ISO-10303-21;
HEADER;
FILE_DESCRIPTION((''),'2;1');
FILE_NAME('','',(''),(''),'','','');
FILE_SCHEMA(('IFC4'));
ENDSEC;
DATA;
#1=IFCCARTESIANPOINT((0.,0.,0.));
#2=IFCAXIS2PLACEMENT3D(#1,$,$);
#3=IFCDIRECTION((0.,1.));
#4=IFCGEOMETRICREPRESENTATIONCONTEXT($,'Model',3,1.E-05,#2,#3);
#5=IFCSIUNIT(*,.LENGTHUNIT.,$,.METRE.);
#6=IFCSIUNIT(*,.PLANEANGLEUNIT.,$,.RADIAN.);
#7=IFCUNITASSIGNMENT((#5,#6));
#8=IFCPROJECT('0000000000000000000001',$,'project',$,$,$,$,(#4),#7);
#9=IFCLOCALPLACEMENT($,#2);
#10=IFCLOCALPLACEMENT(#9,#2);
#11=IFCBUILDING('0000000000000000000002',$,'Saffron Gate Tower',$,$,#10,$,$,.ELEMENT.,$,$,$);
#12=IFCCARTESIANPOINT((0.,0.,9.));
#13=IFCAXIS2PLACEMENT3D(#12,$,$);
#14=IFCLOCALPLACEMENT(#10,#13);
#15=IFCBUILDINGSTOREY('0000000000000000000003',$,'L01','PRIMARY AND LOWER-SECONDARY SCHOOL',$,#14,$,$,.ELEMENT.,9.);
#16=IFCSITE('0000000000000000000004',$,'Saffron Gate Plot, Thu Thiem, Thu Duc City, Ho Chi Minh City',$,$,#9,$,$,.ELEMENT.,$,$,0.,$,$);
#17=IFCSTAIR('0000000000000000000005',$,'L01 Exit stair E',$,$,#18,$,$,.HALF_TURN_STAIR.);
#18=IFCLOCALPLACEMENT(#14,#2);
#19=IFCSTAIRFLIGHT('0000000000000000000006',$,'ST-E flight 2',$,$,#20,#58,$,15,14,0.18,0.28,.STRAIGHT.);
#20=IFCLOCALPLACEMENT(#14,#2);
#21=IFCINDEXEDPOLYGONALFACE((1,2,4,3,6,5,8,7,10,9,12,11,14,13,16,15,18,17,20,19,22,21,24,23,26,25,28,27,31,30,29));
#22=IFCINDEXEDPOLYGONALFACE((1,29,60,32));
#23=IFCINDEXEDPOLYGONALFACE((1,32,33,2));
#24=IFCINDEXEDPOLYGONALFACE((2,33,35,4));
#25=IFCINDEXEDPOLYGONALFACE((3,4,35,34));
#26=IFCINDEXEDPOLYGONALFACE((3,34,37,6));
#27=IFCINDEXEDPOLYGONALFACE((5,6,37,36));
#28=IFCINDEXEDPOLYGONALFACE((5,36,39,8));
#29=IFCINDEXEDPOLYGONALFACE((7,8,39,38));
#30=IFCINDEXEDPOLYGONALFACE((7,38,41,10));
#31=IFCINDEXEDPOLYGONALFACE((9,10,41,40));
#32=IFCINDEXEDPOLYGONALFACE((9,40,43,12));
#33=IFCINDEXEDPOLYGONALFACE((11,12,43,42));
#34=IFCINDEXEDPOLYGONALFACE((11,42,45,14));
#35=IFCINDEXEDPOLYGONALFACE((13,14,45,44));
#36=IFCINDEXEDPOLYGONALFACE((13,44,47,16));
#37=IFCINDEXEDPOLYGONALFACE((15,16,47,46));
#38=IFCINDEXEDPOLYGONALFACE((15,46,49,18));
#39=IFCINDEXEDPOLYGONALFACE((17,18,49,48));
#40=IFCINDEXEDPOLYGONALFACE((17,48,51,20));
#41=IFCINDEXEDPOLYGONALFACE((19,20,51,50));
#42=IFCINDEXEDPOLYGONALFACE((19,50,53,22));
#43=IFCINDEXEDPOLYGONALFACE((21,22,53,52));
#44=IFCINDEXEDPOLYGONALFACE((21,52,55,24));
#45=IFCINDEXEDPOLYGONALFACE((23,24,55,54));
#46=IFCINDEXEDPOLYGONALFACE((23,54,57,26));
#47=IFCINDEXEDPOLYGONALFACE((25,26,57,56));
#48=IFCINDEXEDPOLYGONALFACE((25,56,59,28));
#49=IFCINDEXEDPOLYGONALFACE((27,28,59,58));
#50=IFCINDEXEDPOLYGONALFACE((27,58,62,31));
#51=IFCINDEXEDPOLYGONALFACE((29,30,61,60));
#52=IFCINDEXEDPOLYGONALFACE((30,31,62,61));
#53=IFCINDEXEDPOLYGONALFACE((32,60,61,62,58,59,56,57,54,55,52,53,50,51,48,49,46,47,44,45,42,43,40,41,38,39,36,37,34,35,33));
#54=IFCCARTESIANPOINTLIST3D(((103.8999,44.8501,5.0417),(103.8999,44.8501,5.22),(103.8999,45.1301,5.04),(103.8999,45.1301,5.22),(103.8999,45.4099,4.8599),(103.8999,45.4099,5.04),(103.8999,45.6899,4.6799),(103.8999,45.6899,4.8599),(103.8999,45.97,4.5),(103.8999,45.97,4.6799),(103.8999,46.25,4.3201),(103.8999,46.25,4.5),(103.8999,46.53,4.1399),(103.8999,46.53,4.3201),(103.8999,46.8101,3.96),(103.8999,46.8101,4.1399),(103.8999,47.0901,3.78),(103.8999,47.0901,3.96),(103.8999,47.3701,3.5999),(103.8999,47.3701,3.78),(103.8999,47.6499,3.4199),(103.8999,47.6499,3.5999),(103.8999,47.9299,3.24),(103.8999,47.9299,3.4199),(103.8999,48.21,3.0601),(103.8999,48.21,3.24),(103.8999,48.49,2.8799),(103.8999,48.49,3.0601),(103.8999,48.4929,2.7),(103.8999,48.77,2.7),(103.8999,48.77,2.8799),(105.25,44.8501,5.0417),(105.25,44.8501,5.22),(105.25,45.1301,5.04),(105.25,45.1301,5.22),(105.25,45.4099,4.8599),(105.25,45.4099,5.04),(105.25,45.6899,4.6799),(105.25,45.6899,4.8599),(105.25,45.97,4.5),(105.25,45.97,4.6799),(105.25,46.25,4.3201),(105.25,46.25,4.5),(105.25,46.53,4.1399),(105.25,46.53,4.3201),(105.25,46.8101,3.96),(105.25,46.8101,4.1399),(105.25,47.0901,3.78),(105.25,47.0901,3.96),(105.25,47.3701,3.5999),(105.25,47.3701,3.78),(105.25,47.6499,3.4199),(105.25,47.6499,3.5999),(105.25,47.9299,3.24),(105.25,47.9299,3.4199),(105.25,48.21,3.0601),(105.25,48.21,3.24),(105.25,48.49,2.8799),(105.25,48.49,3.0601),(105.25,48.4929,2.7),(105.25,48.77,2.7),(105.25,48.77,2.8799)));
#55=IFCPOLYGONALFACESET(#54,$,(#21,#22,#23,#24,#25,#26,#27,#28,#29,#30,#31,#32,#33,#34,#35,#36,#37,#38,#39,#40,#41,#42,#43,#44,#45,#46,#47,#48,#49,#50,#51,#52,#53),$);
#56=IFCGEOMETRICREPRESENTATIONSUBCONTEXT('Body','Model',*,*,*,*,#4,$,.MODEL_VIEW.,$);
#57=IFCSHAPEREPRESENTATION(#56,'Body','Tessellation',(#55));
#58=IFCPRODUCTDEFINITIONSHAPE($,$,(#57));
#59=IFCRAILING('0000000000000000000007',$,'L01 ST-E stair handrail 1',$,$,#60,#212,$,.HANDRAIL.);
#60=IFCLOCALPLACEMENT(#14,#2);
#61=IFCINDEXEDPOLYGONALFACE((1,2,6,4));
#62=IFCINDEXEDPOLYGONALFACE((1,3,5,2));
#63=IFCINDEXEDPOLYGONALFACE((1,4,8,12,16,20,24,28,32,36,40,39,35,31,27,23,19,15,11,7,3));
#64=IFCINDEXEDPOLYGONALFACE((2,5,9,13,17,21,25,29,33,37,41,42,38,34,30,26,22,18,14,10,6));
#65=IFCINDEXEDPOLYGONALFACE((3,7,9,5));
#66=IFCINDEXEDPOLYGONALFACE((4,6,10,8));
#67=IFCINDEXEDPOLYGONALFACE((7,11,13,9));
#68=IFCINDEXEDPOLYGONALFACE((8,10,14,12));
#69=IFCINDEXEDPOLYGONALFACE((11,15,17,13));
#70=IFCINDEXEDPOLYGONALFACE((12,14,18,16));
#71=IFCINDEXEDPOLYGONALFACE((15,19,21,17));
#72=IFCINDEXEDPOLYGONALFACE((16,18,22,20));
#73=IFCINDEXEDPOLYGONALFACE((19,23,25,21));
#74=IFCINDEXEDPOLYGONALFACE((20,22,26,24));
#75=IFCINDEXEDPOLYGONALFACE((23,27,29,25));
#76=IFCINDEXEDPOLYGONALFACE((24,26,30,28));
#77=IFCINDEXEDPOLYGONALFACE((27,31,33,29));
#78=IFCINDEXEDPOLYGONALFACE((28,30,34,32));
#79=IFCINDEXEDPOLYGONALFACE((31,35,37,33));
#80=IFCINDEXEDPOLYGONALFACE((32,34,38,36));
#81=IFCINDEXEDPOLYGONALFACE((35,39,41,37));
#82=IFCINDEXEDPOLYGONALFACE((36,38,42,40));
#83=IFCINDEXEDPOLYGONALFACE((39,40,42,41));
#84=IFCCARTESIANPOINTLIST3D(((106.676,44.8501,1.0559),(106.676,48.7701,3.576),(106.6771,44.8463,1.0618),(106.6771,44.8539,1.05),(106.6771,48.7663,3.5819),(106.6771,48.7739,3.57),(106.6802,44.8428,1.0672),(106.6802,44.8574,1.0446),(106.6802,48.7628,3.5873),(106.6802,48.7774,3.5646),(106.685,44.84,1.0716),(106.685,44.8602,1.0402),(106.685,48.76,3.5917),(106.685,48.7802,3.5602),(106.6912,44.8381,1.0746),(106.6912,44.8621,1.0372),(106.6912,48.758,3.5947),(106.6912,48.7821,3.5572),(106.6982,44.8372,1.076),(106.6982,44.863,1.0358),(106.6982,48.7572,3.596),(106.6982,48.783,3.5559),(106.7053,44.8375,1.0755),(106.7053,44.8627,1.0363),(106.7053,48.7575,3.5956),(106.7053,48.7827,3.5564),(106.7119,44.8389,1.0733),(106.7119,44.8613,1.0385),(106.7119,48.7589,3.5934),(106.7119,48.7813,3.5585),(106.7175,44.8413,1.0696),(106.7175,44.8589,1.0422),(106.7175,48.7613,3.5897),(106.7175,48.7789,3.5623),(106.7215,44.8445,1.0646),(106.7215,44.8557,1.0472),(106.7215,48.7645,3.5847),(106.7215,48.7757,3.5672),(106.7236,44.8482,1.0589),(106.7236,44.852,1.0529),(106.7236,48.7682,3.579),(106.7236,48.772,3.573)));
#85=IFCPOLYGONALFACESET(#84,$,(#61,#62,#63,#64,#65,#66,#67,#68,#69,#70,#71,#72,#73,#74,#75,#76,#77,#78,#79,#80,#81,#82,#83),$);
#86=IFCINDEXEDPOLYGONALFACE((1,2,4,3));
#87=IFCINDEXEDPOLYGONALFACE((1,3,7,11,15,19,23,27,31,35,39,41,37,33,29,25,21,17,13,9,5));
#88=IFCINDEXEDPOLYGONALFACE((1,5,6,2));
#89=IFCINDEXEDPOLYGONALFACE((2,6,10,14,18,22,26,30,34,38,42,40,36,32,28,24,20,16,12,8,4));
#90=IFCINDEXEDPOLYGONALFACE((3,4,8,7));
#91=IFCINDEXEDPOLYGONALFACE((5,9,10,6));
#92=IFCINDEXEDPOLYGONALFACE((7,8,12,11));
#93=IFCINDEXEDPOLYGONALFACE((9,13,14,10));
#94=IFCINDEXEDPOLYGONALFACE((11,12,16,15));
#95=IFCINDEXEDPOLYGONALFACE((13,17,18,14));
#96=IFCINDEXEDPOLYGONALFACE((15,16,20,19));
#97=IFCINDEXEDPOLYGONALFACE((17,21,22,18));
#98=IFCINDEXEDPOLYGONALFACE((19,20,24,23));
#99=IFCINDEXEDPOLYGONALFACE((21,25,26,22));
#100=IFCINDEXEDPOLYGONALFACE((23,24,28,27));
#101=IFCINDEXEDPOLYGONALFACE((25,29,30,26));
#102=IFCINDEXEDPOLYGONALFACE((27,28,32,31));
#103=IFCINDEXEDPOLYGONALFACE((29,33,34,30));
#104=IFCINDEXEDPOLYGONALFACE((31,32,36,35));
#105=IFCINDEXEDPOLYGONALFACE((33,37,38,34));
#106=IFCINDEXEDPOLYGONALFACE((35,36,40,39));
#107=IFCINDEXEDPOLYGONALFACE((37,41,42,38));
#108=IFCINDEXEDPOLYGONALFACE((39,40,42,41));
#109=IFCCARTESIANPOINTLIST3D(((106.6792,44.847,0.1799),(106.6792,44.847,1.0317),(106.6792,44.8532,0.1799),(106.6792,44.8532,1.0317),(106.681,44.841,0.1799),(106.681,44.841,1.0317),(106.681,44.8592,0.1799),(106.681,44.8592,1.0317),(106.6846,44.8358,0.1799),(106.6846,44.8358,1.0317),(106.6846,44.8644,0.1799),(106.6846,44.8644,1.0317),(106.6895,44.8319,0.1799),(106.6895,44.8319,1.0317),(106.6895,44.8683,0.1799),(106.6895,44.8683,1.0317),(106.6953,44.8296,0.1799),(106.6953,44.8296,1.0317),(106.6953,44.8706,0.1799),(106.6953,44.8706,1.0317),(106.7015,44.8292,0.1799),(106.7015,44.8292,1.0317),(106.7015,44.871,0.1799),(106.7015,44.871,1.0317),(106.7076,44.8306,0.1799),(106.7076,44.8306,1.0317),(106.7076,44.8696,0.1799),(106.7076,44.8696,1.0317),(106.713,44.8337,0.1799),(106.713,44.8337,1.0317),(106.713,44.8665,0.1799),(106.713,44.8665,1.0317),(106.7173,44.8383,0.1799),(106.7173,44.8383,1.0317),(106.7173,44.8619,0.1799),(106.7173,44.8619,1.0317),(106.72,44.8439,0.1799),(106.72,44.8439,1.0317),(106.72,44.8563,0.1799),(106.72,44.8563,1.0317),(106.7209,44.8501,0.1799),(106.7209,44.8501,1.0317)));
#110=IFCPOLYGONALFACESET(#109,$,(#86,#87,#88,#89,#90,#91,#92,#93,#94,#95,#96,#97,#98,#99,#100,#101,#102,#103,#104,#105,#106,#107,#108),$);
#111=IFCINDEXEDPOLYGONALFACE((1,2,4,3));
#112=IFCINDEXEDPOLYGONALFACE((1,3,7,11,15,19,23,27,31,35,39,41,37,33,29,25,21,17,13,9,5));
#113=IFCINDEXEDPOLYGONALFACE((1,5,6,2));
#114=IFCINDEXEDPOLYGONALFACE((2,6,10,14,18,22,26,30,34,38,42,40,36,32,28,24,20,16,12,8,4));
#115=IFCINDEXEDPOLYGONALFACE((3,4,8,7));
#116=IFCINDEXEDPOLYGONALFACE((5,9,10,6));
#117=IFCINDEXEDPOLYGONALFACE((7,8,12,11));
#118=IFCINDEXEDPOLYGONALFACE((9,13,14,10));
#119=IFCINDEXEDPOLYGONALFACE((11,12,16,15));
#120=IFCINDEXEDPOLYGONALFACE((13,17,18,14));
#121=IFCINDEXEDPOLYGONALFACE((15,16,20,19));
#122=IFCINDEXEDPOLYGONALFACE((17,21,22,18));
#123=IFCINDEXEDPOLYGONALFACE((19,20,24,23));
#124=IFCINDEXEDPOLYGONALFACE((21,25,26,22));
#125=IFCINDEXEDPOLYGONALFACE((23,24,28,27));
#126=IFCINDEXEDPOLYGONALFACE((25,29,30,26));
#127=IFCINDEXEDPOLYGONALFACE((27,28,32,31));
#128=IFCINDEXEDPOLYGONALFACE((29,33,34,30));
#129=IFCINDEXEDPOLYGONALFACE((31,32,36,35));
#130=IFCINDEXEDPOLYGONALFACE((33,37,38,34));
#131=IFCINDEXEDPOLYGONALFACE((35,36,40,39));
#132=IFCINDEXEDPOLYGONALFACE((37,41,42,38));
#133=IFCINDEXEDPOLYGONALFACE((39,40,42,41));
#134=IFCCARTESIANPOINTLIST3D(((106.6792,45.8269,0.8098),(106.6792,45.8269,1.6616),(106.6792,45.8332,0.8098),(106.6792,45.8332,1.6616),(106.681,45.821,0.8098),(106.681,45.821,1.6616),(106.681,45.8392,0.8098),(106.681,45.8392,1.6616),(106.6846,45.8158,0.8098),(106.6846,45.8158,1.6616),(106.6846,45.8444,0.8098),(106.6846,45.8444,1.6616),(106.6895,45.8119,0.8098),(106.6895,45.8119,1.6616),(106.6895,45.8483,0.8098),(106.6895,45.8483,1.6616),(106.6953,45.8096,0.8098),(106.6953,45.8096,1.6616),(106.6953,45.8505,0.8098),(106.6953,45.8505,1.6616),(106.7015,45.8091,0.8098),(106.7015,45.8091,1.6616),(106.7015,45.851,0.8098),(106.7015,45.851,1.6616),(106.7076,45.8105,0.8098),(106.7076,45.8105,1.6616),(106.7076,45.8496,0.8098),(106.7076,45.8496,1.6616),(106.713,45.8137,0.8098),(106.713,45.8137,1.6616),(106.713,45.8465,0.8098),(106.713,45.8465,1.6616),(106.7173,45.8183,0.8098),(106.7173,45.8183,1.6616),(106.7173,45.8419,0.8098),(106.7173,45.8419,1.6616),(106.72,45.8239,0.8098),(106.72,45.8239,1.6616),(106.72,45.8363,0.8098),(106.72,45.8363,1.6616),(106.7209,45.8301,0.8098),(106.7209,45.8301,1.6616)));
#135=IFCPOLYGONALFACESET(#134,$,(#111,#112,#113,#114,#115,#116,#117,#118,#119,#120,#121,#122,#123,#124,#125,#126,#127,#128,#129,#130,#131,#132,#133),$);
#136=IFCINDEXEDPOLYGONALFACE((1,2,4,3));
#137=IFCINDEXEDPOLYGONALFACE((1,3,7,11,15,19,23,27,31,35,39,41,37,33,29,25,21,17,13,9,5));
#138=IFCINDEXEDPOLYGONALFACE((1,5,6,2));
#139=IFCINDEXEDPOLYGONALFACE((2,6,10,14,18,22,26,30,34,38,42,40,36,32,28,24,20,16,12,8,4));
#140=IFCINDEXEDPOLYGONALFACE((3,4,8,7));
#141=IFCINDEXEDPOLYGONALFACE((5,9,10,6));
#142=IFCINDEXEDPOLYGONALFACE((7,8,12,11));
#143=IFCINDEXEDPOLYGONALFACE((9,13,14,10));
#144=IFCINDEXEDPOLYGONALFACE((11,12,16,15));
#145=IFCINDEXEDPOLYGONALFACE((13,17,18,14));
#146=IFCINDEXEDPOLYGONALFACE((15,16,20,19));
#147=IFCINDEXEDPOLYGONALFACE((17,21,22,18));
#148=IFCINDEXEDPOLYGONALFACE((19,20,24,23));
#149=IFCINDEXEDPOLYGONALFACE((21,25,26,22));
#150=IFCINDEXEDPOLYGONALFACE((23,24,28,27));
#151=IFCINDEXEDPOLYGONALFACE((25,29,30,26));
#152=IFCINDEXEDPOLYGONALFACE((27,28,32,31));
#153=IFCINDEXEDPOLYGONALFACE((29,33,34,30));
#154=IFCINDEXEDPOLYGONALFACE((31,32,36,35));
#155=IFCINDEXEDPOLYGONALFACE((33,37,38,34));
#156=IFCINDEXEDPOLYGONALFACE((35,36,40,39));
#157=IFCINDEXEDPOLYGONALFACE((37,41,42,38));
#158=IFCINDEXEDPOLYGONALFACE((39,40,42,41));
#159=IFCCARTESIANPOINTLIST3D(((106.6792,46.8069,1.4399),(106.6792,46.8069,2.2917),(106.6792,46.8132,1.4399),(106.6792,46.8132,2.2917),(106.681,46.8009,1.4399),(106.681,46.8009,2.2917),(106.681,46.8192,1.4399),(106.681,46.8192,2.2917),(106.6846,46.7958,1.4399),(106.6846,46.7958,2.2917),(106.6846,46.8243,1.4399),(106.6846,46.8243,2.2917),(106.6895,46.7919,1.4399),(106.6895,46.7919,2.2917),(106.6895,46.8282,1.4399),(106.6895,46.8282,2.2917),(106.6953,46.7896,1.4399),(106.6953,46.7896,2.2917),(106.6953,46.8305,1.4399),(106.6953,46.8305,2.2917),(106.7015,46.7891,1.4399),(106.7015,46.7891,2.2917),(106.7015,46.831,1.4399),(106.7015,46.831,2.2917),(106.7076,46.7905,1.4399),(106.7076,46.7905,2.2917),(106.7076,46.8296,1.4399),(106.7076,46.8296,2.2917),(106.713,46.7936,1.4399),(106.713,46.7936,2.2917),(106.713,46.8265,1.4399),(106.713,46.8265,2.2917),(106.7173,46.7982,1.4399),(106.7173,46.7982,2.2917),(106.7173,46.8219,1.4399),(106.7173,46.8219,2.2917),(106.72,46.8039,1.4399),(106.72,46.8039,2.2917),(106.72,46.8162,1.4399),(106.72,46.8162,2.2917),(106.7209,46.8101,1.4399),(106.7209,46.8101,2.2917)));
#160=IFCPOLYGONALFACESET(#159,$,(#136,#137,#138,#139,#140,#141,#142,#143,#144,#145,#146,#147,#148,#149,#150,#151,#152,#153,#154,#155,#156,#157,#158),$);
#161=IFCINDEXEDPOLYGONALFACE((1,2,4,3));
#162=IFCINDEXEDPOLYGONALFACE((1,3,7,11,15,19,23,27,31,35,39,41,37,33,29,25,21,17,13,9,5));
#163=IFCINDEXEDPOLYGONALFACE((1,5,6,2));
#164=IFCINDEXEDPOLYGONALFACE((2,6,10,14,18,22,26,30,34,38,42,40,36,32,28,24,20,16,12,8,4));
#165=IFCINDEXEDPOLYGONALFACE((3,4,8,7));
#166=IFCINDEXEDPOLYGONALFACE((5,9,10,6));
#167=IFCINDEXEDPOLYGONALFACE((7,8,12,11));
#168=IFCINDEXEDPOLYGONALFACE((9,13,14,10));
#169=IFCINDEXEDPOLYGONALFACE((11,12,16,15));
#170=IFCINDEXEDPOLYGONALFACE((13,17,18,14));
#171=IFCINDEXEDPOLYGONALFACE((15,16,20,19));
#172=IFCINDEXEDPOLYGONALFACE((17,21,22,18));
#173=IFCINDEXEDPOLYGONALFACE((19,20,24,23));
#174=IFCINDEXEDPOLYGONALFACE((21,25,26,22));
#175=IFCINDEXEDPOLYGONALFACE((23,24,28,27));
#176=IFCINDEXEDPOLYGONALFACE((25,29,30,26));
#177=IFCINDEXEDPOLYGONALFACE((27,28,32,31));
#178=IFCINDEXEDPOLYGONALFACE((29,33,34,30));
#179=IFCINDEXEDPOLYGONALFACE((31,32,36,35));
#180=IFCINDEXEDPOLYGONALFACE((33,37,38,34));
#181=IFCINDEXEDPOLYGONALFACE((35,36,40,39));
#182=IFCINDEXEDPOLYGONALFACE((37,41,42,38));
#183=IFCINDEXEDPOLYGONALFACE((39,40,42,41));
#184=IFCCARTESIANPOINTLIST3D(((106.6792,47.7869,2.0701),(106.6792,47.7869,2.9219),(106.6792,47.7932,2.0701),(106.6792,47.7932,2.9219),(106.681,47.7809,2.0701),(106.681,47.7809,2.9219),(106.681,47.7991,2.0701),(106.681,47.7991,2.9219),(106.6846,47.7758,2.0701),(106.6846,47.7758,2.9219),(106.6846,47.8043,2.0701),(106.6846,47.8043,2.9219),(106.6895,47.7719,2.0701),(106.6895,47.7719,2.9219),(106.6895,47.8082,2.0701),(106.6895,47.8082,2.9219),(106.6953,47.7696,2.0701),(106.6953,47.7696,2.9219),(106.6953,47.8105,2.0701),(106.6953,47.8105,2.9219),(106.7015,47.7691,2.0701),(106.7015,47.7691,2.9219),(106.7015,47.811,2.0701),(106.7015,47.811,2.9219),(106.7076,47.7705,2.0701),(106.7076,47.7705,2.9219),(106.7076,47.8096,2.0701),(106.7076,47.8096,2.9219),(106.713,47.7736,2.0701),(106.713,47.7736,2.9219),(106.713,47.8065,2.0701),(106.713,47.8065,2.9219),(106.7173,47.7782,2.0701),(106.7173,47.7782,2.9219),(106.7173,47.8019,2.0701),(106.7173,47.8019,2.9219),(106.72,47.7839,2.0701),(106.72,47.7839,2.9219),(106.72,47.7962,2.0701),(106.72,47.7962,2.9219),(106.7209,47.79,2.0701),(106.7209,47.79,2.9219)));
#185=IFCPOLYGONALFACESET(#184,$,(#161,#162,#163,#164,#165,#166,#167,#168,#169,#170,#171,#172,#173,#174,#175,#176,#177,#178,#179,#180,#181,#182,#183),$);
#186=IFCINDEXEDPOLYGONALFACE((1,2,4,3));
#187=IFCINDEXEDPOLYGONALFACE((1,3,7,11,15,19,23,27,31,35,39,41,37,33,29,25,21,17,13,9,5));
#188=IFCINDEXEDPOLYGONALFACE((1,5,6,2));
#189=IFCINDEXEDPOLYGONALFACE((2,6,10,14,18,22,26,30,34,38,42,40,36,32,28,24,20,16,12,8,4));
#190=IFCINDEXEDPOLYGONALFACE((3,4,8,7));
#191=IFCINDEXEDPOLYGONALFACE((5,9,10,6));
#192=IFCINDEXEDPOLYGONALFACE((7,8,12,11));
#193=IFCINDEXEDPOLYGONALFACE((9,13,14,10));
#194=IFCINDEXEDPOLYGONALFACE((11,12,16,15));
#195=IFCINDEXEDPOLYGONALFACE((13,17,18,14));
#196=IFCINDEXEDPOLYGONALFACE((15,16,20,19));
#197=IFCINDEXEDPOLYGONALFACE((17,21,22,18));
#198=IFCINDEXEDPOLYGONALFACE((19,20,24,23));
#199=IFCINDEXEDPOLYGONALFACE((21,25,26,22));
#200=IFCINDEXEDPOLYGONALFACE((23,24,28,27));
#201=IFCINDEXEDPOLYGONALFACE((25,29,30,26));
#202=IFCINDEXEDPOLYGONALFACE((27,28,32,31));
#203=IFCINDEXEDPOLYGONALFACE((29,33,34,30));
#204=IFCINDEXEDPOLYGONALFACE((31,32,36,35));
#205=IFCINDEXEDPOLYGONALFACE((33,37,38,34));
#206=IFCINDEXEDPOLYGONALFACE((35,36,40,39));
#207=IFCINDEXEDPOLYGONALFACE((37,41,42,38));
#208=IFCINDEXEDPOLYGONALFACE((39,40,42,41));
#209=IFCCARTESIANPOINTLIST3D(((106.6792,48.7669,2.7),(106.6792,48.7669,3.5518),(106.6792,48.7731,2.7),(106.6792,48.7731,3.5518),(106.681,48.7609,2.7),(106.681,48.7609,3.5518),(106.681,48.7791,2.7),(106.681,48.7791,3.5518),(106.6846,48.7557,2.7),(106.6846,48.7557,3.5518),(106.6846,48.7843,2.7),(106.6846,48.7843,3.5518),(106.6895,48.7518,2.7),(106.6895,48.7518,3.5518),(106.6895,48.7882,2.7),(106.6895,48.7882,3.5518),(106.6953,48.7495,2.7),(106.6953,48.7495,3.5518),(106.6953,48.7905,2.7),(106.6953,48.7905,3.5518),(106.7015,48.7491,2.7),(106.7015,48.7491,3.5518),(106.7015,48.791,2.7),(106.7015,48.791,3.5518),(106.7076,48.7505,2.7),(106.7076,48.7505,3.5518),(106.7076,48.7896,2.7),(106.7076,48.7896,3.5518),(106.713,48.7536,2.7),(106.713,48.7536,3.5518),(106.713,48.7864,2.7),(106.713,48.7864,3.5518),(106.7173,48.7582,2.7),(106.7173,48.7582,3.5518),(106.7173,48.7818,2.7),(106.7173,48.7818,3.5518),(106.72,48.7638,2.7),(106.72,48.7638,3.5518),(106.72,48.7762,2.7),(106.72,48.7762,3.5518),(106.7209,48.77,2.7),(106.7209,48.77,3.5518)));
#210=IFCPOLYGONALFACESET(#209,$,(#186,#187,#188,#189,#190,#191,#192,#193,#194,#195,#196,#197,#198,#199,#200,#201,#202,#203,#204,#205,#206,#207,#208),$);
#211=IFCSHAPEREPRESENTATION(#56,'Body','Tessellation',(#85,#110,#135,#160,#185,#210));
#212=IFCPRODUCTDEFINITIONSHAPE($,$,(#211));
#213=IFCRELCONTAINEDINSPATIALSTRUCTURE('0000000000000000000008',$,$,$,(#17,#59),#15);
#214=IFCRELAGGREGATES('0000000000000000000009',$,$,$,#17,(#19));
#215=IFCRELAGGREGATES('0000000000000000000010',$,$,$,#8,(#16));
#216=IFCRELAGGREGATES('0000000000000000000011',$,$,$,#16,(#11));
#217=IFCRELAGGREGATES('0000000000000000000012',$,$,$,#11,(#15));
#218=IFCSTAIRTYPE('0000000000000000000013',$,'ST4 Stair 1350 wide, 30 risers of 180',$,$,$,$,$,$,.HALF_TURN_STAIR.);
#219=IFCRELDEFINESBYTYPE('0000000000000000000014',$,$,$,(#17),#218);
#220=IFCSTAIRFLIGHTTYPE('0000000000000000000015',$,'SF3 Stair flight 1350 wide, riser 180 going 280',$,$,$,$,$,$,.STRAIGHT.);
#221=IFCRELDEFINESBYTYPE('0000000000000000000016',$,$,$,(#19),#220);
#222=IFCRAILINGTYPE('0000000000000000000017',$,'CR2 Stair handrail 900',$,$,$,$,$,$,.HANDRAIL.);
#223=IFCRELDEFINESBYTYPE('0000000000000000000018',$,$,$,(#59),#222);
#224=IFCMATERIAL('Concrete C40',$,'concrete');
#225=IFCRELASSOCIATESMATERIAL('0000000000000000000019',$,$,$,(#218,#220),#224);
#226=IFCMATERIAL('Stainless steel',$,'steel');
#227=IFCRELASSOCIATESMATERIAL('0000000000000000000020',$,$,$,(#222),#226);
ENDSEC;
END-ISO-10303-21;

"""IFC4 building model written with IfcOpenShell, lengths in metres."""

from ifc_helpers import new_model, si_unit, direction, frame, origin, origin_2d, place, context, subcontext, project, spatial, polyline, circle, outline, extrude, material, type_object, element, aggregate, save


model = new_model("IFC4")

# Units and contexts
model_context = context("Model", 3, precision=1e-05, world=origin(), true_north=direction((0.0, 1.0)))
body_context = subcontext(model_context, "Body", "Model", "MODEL_VIEW")
ifc_project = project(units=[si_unit("LENGTHUNIT", "METRE"), si_unit("PLANEANGLEUNIT", "RADIAN")], contexts=[model_context])

# Site, building, storey
site_placement = place(None, origin())
site = spatial("IfcSite", under=ifc_project, at=site_placement, Name="Saffron Gate Plot, Thu Thiem, Thu Duc City, Ho Chi Minh City", CompositionType="ELEMENT", RefElevation=0.0)
building_placement = place(site_placement, origin())
building = spatial("IfcBuilding", under=site, at=building_placement, Name="Saffron Gate Tower", CompositionType="ELEMENT")
storey_placement = place(building_placement, frame((0.0, 0.0, 9.0)))
storey = spatial("IfcBuildingStorey", under=building, at=storey_placement, Name="L01", Description="PRIMARY AND LOWER-SECONDARY SCHOOL", CompositionType="ELEMENT", Elevation=9.0)

# Stair, stair flight
ifc_material_1 = material(Name="Concrete C40", Category="concrete")
stair_type = type_object("IfcStairType", Name="ST4 Stair 1350 wide, 30 risers of 180", PredefinedType="HALF_TURN_STAIR", material=ifc_material_1)
stair_placement = place(storey_placement, origin())
stair = element("IfcStair", 1, at=stair_placement, inside=storey, type_object=stair_type, Name="L01 Exit stair E", PredefinedType="HALF_TURN_STAIR")
stair_flight_type = type_object("IfcStairFlightType", Name="SF3 Stair flight 1350 wide, riser 180 going 280", PredefinedType="STRAIGHT", material=ifc_material_1)
stair_flight_1_placement = place(storey_placement, frame((104.575, 48.77, 2.7), z_axis=(0.0, 0.0, 1.0), x_axis=(0.0, -1.0, 0.0)))
stair_flight_1 = element("IfcStairFlight", 2, at=stair_flight_1_placement, type_object=stair_flight_type, Name="ST-E flight 2", NumberOfRisers=15, NumberOfTreads=14, PredefinedType="STRAIGHT", RiserHeight=0.18, TreadLength=0.28, context=body_context, shape_type="SweptSolid", body=[
    extrude(outline(polyline([(0.0, 0.0), (0.0, 0.1799), (0.28, 0.1799), (0.28, 0.3601), (0.5601, 0.3601), (0.5601, 0.54), (0.8401, 0.54), (0.8401, 0.72), (1.1201, 0.72), (1.1201, 0.8999), (1.3999, 0.8999), (1.3999, 1.0801), (1.6799, 1.0801), (1.6799, 1.26), (1.96, 1.26), (1.96, 1.4399), (2.24, 1.4399), (2.24, 1.6201), (2.52, 1.6201), (2.52, 1.8), (2.8, 1.8), (2.8, 1.98), (3.0801, 1.98), (3.0801, 2.1599), (3.3601, 2.1599), (3.3601, 2.3401), (3.6399, 2.3401), (3.6399, 2.52), (3.9199, 2.52), (3.9199, 2.7), (3.9199, 2.3418), (0.2771, 0.0), (0.0, 0.0)])), frame((0.0, 0.675, 0.0), z_axis=(0.0, -1.0, 0.0), x_axis=(1.0, 0.0, 0.0)), (0.0, 0.0, 1.0), 1.3501),
])
aggregate(stair, [stair_flight_1])

# Railing
ifc_material_2 = material(Name="Stainless steel", Category="steel")
railing_type_1 = type_object("IfcRailingType", Name="CR2 Stair handrail 900", PredefinedType="HANDRAIL", material=ifc_material_2)
railing_1_placement = place(storey_placement, frame((106.7, 44.8501, 0.1799)))
element("IfcRailing", 3, at=railing_1_placement, inside=storey, type_object=railing_type_1, Name="L01 ST-E stair handrail 1", PredefinedType="HANDRAIL", context=body_context, shape_type="SweptSolid", body=[
    extrude(circle(Radius=0.0239, at=origin_2d()), frame((0.0, 0.0, 0.876), z_axis=(0.0, 0.841172, 0.540768), x_axis=(-1.0, 0.0, 0.0)), (0.0, 0.0, 1.0), 4.6602),
    extrude(circle(Radius=0.021, at=origin_2d()), origin(), (0.0, 0.0, 1.0), 0.8518),
    extrude(circle(Radius=0.021, at=origin_2d()), frame((0.0, 0.98, 0.6299)), (0.0, 0.0, 1.0), 0.8518),
    extrude(circle(Radius=0.021, at=origin_2d()), frame((0.0, 1.96, 1.26)), (0.0, 0.0, 1.0), 0.8518),
    extrude(circle(Radius=0.021, at=origin_2d()), frame((0.0, 2.9399, 1.8901)), (0.0, 0.0, 1.0), 0.8518),
    extrude(circle(Radius=0.021, at=origin_2d()), frame((0.0, 3.9199, 2.52)), (0.0, 0.0, 1.0), 0.8518),
])

save(model, "model.ifc")
